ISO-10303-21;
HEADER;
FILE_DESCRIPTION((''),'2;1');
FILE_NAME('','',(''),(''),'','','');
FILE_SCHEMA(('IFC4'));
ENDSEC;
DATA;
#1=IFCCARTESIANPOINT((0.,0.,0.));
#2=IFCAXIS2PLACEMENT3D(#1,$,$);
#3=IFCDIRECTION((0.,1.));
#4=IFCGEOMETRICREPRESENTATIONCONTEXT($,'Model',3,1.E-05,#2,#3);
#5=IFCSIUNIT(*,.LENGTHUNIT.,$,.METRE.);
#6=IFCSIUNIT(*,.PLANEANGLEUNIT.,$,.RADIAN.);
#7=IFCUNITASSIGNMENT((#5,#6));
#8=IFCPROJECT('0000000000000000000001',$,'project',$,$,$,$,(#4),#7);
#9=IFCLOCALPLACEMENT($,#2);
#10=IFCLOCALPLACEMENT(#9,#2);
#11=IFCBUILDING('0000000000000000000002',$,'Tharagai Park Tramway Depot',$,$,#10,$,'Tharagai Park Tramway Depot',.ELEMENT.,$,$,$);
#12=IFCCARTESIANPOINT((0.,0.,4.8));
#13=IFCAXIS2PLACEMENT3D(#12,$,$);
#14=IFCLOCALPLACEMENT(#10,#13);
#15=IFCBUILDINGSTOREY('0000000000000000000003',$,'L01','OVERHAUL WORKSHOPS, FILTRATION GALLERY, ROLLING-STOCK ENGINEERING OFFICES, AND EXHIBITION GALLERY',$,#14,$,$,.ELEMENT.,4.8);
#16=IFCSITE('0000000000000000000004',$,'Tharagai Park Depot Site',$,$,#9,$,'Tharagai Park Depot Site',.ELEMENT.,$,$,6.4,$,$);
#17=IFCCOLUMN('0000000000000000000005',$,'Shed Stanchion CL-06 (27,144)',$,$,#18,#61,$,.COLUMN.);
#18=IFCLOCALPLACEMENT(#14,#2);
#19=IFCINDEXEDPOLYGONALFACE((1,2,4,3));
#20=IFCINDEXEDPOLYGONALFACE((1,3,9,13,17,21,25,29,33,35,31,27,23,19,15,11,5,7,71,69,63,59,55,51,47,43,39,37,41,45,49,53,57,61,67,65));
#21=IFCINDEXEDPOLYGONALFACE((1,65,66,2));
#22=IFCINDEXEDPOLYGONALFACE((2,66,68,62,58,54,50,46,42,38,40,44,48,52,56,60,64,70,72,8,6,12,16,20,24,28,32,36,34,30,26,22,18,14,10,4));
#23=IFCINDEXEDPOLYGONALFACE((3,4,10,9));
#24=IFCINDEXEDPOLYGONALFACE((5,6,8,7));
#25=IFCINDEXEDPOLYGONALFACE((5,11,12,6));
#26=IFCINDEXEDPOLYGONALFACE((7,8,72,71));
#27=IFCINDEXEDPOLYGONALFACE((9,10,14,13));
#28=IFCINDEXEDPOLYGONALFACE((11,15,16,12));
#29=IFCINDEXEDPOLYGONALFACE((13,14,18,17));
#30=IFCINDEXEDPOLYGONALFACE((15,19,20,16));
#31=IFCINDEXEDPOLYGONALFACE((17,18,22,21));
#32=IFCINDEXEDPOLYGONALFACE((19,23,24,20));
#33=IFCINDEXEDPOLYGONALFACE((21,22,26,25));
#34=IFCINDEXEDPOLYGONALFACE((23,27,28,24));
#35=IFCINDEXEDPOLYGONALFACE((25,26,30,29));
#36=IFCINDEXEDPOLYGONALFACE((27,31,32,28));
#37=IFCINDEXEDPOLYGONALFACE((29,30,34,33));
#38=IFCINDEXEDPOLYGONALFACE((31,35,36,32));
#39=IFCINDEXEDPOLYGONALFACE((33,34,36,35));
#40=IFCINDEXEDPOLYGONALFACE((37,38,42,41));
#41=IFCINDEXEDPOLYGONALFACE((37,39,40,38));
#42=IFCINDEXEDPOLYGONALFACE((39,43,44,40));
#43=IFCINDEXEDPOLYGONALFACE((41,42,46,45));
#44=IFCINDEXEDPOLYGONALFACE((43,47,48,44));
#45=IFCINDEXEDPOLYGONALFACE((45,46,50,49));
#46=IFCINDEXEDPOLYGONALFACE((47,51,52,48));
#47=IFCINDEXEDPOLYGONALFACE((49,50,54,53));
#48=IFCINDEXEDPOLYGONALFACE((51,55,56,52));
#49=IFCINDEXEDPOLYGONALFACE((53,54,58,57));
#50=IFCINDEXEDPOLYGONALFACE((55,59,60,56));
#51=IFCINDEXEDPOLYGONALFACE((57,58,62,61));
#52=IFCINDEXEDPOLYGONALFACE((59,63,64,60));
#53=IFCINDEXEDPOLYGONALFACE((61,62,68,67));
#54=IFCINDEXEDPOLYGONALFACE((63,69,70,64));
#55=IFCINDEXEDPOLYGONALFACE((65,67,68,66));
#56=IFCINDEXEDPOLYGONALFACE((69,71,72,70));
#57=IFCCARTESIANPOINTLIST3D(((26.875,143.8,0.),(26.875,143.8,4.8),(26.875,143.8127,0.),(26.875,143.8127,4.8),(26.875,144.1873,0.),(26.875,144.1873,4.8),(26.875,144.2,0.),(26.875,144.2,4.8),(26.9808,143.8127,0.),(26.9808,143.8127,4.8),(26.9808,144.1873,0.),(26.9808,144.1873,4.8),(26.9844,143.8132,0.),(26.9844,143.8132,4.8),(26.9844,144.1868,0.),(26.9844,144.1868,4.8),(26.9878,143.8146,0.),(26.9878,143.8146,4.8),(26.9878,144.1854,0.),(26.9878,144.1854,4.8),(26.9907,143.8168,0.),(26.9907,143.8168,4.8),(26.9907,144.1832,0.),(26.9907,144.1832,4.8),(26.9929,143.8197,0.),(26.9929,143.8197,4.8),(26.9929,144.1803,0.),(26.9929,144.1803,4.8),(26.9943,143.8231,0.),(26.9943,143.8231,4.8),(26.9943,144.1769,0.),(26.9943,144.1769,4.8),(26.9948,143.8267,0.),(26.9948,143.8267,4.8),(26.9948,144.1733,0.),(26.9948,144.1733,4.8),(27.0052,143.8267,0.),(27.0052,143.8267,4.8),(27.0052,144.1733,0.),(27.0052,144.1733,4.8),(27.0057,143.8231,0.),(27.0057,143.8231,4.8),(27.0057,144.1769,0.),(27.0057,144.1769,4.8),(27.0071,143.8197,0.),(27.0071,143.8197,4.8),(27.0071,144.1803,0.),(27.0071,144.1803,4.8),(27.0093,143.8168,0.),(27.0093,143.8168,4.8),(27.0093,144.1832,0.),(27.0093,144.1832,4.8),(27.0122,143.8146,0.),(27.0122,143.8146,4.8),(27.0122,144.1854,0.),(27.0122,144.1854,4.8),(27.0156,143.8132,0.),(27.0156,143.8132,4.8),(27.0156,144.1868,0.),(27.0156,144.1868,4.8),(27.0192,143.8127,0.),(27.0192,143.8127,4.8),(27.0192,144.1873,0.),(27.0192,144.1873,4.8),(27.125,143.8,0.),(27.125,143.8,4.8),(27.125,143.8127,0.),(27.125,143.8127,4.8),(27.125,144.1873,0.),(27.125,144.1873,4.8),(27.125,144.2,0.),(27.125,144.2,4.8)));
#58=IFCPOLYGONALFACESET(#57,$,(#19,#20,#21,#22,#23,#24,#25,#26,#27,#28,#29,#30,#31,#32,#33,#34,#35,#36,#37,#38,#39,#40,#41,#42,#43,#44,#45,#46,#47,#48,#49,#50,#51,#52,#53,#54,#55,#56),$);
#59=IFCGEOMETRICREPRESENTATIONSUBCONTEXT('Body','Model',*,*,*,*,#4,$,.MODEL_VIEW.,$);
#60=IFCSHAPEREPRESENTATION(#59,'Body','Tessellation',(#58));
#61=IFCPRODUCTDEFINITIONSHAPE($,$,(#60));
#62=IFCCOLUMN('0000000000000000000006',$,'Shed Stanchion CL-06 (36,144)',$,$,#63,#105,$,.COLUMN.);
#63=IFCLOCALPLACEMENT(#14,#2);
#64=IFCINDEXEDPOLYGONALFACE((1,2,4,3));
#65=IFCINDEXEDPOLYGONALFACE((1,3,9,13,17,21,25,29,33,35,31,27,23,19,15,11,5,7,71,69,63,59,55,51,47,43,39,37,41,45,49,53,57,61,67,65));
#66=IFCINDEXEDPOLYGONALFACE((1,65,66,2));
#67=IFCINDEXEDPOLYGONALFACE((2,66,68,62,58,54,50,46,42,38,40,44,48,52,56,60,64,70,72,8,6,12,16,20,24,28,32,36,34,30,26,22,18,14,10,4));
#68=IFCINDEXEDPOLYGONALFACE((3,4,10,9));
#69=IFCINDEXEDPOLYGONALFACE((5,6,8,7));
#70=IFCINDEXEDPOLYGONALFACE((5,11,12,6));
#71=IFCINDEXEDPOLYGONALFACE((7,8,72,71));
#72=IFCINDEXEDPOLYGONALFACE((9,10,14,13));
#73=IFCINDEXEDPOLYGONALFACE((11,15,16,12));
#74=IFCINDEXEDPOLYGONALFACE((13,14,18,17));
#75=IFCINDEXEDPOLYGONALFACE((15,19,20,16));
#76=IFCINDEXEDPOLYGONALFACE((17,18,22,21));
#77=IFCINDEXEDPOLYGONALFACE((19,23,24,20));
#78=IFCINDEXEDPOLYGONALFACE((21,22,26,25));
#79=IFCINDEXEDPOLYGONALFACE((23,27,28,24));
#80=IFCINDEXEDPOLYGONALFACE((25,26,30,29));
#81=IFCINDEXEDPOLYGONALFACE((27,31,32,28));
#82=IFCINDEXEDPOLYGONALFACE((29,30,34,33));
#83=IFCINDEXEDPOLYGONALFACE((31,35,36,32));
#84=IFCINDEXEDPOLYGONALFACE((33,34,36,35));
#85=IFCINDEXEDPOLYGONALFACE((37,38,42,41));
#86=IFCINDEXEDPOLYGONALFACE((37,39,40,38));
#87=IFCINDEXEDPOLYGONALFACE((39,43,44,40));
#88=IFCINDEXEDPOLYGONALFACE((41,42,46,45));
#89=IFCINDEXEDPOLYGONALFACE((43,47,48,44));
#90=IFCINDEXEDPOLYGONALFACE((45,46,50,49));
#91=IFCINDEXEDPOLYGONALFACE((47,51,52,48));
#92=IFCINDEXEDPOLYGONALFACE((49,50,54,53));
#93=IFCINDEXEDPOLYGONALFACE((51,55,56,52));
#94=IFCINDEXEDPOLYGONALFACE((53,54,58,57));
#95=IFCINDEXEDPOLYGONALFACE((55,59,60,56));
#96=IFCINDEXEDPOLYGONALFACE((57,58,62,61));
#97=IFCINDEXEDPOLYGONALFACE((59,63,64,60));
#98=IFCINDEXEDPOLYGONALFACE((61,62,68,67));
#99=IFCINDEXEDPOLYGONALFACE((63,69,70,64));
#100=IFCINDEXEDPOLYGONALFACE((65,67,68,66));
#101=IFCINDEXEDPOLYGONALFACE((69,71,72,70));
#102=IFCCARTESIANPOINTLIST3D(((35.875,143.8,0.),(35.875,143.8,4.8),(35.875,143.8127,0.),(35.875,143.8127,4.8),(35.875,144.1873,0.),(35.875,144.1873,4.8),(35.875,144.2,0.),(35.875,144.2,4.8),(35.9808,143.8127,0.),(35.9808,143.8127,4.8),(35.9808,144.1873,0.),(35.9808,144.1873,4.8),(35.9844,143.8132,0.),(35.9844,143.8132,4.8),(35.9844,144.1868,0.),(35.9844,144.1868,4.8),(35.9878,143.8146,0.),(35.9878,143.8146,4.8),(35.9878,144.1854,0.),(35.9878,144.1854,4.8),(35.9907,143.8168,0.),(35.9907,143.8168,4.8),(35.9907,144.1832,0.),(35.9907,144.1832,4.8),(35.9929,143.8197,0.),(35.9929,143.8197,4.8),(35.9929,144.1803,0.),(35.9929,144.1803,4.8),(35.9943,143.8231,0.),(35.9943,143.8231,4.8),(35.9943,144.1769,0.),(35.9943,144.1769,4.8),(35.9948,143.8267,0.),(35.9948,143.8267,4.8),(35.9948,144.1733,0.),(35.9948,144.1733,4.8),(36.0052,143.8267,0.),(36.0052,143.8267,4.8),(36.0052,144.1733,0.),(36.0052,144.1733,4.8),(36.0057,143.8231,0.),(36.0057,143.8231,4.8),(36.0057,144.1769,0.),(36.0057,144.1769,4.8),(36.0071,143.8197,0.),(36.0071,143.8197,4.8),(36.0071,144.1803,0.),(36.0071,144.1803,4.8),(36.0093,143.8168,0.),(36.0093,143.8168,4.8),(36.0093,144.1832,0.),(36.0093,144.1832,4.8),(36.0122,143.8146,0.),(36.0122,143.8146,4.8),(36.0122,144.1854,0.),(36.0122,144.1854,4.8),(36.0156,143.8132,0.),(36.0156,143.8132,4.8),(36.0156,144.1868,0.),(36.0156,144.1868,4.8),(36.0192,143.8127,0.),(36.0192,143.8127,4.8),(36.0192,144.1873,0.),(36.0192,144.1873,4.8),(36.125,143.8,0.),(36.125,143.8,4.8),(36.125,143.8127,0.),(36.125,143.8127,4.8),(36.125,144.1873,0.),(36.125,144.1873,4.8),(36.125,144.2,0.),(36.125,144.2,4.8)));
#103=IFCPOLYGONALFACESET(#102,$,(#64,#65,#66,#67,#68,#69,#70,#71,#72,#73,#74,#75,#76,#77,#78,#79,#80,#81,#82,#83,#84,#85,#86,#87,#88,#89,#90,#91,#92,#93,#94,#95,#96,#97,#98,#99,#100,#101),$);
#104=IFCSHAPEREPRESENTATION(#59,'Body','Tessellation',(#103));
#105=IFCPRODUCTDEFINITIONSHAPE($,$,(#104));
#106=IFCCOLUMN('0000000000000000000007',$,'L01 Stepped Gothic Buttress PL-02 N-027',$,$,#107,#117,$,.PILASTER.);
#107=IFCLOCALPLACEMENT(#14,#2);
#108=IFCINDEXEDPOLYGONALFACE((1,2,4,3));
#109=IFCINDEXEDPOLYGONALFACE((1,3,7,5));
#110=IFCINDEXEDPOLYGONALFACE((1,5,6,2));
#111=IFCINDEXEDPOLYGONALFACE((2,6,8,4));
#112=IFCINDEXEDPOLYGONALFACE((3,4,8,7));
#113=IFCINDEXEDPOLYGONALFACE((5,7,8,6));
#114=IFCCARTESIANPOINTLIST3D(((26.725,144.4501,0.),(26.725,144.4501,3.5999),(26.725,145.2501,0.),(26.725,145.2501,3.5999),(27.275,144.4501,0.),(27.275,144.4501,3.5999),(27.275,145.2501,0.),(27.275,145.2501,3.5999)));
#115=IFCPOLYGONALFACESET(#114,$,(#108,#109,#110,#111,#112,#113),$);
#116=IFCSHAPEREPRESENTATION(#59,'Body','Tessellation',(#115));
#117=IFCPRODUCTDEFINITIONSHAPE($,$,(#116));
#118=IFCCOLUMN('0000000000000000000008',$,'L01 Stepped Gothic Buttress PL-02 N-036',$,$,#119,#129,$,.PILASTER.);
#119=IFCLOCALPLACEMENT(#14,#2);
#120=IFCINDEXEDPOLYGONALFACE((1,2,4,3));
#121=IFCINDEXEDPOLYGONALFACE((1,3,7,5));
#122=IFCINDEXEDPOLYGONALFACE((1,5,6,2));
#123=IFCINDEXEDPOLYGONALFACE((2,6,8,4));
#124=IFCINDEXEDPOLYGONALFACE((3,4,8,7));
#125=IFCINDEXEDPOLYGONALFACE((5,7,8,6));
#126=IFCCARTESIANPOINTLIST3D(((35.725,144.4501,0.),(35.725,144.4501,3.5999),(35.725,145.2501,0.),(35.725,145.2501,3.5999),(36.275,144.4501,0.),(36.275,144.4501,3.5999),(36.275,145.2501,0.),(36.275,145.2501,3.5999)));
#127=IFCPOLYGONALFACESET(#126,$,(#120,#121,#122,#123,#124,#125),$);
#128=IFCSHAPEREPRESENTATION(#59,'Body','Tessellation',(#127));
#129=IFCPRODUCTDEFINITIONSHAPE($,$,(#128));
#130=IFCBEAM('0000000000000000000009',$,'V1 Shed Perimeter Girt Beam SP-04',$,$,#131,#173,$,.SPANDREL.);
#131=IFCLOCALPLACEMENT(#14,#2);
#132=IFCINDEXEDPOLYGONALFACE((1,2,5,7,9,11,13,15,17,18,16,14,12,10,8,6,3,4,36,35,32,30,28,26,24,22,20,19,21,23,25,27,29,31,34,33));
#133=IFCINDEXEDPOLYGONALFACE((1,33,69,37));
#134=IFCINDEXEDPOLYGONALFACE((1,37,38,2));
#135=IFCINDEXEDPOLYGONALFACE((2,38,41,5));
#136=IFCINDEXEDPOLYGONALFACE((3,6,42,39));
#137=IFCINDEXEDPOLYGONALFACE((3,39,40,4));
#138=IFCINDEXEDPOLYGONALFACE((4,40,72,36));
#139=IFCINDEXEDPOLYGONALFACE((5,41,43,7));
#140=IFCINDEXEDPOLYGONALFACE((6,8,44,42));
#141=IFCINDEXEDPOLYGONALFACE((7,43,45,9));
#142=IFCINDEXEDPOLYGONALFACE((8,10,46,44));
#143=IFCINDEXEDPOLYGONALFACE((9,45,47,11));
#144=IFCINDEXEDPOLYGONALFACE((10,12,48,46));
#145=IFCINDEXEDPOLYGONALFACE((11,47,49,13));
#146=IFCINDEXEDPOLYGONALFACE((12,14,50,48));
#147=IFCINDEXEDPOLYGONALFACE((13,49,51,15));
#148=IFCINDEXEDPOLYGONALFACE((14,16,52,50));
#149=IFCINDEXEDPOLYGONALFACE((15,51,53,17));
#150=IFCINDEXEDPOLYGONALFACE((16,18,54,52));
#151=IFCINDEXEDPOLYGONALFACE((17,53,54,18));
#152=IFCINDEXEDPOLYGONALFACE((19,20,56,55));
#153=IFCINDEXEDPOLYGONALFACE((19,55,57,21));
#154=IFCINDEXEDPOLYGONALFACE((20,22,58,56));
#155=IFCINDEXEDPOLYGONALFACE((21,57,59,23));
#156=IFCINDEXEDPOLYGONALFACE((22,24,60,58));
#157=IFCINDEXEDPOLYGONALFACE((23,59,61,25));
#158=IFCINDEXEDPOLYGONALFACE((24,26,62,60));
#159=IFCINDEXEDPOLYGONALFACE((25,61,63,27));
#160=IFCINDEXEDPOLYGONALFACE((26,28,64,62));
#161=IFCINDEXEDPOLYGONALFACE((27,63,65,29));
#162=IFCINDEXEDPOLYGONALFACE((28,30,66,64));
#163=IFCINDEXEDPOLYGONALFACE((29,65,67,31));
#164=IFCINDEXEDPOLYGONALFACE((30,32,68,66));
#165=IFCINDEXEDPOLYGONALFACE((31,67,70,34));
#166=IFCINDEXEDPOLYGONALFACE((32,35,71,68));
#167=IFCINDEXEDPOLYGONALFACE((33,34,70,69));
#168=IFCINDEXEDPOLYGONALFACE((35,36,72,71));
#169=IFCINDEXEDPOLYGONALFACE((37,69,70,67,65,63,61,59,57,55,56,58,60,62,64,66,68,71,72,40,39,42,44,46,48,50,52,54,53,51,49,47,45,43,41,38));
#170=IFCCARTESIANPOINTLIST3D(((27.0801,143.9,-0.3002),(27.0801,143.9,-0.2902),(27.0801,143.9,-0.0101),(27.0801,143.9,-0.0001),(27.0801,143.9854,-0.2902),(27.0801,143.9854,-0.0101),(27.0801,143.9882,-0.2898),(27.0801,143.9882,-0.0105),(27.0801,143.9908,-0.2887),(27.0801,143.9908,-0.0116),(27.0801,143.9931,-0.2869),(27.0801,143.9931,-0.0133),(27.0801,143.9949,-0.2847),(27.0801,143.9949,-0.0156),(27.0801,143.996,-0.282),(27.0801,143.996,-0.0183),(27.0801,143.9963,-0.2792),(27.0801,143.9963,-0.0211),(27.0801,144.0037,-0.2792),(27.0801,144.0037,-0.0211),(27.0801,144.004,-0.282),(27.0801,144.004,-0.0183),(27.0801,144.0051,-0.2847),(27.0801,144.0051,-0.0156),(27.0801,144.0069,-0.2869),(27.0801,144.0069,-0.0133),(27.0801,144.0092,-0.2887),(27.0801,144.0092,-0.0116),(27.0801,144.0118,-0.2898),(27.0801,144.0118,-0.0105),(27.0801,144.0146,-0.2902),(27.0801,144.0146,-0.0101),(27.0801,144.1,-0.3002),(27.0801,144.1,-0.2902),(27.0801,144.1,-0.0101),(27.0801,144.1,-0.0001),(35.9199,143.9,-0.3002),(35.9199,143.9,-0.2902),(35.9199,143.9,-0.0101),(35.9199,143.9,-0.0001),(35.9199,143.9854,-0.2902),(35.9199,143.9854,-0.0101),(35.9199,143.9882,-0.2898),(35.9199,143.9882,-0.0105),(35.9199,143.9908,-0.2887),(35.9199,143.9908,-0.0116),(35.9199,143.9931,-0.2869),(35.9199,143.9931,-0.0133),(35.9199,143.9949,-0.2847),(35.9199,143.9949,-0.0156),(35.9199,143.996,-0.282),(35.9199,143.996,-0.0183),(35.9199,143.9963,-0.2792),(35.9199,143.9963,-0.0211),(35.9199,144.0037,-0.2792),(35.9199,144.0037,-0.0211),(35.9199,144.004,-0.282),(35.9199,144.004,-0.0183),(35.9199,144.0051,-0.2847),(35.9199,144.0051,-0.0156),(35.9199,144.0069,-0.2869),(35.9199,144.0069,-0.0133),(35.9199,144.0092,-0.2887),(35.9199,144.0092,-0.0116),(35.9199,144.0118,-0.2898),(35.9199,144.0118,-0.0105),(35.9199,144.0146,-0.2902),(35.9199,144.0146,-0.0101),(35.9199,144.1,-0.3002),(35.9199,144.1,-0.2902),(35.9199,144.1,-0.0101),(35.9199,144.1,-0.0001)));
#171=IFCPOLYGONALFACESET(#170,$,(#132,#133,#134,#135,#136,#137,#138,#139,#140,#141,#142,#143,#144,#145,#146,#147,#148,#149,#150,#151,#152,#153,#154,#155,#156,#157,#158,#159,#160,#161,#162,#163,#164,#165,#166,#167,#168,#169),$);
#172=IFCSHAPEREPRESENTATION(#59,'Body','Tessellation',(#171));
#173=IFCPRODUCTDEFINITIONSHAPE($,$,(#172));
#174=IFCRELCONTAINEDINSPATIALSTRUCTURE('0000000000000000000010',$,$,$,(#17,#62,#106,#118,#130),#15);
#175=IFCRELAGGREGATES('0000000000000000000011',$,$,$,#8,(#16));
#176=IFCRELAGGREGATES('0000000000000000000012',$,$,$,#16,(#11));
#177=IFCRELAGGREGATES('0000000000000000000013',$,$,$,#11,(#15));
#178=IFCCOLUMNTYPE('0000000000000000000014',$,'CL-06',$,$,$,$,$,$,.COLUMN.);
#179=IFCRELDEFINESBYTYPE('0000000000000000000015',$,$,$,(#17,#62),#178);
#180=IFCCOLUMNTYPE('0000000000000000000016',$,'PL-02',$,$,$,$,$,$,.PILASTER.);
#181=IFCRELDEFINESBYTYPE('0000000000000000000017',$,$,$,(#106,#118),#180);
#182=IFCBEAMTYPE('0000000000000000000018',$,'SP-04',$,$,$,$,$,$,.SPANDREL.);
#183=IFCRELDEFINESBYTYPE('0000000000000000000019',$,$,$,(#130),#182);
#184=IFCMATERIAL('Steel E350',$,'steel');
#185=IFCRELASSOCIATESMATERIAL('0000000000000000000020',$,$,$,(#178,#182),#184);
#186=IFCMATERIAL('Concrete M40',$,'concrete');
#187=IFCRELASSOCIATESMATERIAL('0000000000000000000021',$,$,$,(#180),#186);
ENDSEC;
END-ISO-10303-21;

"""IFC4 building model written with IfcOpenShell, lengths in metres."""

from ifc_helpers import new_model, si_unit, direction, frame, origin, origin_2d, place, context, subcontext, project, spatial, rectangle, i_section, extrude, material, material_profile, profile_set, type_object, element, save


model = new_model("IFC4")

# Units and contexts
model_context = context("Model", 3, precision=1e-05, world=origin(), true_north=direction((0.0, 1.0)))
body_context = subcontext(model_context, "Body", "Model", "MODEL_VIEW")
ifc_project = project(units=[si_unit("LENGTHUNIT", "METRE"), si_unit("PLANEANGLEUNIT", "RADIAN")], contexts=[model_context])

# Site, building, storey
site_placement = place(None, origin())
site = spatial("IfcSite", under=ifc_project, at=site_placement, Name="Tharagai Park Depot Site", LongName="Tharagai Park Depot Site", CompositionType="ELEMENT", RefElevation=6.4)
building_placement = place(site_placement, origin())
building = spatial("IfcBuilding", under=site, at=building_placement, Name="Tharagai Park Tramway Depot", LongName="Tharagai Park Tramway Depot", CompositionType="ELEMENT")
storey_placement = place(building_placement, frame((0.0, 0.0, 4.8)))
storey = spatial("IfcBuildingStorey", under=building, at=storey_placement, Name="L01", Description="OVERHAUL WORKSHOPS, FILTRATION GALLERY, ROLLING-STOCK ENGINEERING OFFICES, AND EXHIBITION GALLERY", CompositionType="ELEMENT", Elevation=4.8)

# Columns
ifc_material_1 = material(Name="Steel E350", Category="steel")
ifc_material_profile_1 = material_profile(ifc_material_1, i_section(OverallWidth=0.25, OverallDepth=0.3999, WebThickness=0.0105, FlangeThickness=0.0127, FilletRadius=0.0139, at=origin_2d()), Name="ISHB 400")
ifc_profile_set_1 = profile_set([ifc_material_profile_1], Name="Steel E350")
column_type_1 = type_object("IfcColumnType", Name="CL-06", PredefinedType="COLUMN", material=ifc_profile_set_1)
for number, where, z_axis, x_axis, name in (
    (1, (27.0, 144.0, 0.0), (0.0, 0.0, 1.0), (1.0, 0.0, 0.0), "Shed Stanchion CL-06 (27,144)"),
    (2, (36.0, 144.0, 0.0), (0.0, 0.0, 1.0), (1.0, 0.0, 0.0), "Shed Stanchion CL-06 (36,144)"),
):
    element("IfcColumn", number, at=place(storey_placement, frame(where, z_axis=z_axis, x_axis=x_axis)), inside=storey, type_object=column_type_1, Name=name, PredefinedType="COLUMN", context=body_context, shape_type="SweptSolid", body=[
        extrude(i_section(OverallWidth=0.25, OverallDepth=0.3999, WebThickness=0.0105, FlangeThickness=0.0127, FilletRadius=0.0139, at=origin_2d()), origin(), (0.0, 0.0, 1.0), 4.8),
    ])
ifc_material_2 = material(Name="Concrete M40", Category="concrete")
ifc_material_profile_2 = material_profile(ifc_material_2, rectangle(XDim=0.55, YDim=0.8, at=origin_2d()), Name="RC 550x800")
ifc_profile_set_2 = profile_set([ifc_material_profile_2], Name="Concrete M40")
column_type_2 = type_object("IfcColumnType", Name="PL-02", PredefinedType="PILASTER", material=ifc_profile_set_2)
for number, where, z_axis, x_axis, name in (
    (3, (27.0, 144.8501, 0.0), (0.0, 0.0, 1.0), (1.0, 0.0, 0.0), "L01 Stepped Gothic Buttress PL-02 N-027"),
    (4, (36.0, 144.8501, 0.0), (0.0, 0.0, 1.0), (1.0, 0.0, 0.0), "L01 Stepped Gothic Buttress PL-02 N-036"),
):
    element("IfcColumn", number, at=place(storey_placement, frame(where, z_axis=z_axis, x_axis=x_axis)), inside=storey, type_object=column_type_2, Name=name, PredefinedType="PILASTER", context=body_context, shape_type="SweptSolid", body=[
        extrude(rectangle(XDim=0.55, YDim=0.8, at=origin_2d()), origin(), (0.0, 0.0, 1.0), 3.5999),
    ])

# Beam
ifc_material_profile_3 = material_profile(ifc_material_1, i_section(OverallWidth=0.2, OverallDepth=0.3, WebThickness=0.0073, FlangeThickness=0.01, FilletRadius=0.011, at=origin_2d()), Name="ISWB 300")
ifc_profile_set_3 = profile_set([ifc_material_profile_3], Name="Steel E350")
beam_type = type_object("IfcBeamType", Name="SP-04", PredefinedType="SPANDREL", material=ifc_profile_set_3)
for number, where, z_axis, x_axis, name in (
    (5, (27.0801, 144.0, -0.1501), (1.0, 0.0, 0.0), (0.0, 1.0, 0.0), "V1 Shed Perimeter Girt Beam SP-04"),
):
    element("IfcBeam", number, at=place(storey_placement, frame(where, z_axis=z_axis, x_axis=x_axis)), inside=storey, type_object=beam_type, Name=name, PredefinedType="SPANDREL", context=body_context, shape_type="SweptSolid", body=[
        extrude(i_section(OverallWidth=0.2, OverallDepth=0.3, WebThickness=0.0073, FlangeThickness=0.01, FilletRadius=0.011, at=origin_2d()), origin(), (0.0, 0.0, 1.0), 8.8398),
    ])

save(model, "model.ifc")
